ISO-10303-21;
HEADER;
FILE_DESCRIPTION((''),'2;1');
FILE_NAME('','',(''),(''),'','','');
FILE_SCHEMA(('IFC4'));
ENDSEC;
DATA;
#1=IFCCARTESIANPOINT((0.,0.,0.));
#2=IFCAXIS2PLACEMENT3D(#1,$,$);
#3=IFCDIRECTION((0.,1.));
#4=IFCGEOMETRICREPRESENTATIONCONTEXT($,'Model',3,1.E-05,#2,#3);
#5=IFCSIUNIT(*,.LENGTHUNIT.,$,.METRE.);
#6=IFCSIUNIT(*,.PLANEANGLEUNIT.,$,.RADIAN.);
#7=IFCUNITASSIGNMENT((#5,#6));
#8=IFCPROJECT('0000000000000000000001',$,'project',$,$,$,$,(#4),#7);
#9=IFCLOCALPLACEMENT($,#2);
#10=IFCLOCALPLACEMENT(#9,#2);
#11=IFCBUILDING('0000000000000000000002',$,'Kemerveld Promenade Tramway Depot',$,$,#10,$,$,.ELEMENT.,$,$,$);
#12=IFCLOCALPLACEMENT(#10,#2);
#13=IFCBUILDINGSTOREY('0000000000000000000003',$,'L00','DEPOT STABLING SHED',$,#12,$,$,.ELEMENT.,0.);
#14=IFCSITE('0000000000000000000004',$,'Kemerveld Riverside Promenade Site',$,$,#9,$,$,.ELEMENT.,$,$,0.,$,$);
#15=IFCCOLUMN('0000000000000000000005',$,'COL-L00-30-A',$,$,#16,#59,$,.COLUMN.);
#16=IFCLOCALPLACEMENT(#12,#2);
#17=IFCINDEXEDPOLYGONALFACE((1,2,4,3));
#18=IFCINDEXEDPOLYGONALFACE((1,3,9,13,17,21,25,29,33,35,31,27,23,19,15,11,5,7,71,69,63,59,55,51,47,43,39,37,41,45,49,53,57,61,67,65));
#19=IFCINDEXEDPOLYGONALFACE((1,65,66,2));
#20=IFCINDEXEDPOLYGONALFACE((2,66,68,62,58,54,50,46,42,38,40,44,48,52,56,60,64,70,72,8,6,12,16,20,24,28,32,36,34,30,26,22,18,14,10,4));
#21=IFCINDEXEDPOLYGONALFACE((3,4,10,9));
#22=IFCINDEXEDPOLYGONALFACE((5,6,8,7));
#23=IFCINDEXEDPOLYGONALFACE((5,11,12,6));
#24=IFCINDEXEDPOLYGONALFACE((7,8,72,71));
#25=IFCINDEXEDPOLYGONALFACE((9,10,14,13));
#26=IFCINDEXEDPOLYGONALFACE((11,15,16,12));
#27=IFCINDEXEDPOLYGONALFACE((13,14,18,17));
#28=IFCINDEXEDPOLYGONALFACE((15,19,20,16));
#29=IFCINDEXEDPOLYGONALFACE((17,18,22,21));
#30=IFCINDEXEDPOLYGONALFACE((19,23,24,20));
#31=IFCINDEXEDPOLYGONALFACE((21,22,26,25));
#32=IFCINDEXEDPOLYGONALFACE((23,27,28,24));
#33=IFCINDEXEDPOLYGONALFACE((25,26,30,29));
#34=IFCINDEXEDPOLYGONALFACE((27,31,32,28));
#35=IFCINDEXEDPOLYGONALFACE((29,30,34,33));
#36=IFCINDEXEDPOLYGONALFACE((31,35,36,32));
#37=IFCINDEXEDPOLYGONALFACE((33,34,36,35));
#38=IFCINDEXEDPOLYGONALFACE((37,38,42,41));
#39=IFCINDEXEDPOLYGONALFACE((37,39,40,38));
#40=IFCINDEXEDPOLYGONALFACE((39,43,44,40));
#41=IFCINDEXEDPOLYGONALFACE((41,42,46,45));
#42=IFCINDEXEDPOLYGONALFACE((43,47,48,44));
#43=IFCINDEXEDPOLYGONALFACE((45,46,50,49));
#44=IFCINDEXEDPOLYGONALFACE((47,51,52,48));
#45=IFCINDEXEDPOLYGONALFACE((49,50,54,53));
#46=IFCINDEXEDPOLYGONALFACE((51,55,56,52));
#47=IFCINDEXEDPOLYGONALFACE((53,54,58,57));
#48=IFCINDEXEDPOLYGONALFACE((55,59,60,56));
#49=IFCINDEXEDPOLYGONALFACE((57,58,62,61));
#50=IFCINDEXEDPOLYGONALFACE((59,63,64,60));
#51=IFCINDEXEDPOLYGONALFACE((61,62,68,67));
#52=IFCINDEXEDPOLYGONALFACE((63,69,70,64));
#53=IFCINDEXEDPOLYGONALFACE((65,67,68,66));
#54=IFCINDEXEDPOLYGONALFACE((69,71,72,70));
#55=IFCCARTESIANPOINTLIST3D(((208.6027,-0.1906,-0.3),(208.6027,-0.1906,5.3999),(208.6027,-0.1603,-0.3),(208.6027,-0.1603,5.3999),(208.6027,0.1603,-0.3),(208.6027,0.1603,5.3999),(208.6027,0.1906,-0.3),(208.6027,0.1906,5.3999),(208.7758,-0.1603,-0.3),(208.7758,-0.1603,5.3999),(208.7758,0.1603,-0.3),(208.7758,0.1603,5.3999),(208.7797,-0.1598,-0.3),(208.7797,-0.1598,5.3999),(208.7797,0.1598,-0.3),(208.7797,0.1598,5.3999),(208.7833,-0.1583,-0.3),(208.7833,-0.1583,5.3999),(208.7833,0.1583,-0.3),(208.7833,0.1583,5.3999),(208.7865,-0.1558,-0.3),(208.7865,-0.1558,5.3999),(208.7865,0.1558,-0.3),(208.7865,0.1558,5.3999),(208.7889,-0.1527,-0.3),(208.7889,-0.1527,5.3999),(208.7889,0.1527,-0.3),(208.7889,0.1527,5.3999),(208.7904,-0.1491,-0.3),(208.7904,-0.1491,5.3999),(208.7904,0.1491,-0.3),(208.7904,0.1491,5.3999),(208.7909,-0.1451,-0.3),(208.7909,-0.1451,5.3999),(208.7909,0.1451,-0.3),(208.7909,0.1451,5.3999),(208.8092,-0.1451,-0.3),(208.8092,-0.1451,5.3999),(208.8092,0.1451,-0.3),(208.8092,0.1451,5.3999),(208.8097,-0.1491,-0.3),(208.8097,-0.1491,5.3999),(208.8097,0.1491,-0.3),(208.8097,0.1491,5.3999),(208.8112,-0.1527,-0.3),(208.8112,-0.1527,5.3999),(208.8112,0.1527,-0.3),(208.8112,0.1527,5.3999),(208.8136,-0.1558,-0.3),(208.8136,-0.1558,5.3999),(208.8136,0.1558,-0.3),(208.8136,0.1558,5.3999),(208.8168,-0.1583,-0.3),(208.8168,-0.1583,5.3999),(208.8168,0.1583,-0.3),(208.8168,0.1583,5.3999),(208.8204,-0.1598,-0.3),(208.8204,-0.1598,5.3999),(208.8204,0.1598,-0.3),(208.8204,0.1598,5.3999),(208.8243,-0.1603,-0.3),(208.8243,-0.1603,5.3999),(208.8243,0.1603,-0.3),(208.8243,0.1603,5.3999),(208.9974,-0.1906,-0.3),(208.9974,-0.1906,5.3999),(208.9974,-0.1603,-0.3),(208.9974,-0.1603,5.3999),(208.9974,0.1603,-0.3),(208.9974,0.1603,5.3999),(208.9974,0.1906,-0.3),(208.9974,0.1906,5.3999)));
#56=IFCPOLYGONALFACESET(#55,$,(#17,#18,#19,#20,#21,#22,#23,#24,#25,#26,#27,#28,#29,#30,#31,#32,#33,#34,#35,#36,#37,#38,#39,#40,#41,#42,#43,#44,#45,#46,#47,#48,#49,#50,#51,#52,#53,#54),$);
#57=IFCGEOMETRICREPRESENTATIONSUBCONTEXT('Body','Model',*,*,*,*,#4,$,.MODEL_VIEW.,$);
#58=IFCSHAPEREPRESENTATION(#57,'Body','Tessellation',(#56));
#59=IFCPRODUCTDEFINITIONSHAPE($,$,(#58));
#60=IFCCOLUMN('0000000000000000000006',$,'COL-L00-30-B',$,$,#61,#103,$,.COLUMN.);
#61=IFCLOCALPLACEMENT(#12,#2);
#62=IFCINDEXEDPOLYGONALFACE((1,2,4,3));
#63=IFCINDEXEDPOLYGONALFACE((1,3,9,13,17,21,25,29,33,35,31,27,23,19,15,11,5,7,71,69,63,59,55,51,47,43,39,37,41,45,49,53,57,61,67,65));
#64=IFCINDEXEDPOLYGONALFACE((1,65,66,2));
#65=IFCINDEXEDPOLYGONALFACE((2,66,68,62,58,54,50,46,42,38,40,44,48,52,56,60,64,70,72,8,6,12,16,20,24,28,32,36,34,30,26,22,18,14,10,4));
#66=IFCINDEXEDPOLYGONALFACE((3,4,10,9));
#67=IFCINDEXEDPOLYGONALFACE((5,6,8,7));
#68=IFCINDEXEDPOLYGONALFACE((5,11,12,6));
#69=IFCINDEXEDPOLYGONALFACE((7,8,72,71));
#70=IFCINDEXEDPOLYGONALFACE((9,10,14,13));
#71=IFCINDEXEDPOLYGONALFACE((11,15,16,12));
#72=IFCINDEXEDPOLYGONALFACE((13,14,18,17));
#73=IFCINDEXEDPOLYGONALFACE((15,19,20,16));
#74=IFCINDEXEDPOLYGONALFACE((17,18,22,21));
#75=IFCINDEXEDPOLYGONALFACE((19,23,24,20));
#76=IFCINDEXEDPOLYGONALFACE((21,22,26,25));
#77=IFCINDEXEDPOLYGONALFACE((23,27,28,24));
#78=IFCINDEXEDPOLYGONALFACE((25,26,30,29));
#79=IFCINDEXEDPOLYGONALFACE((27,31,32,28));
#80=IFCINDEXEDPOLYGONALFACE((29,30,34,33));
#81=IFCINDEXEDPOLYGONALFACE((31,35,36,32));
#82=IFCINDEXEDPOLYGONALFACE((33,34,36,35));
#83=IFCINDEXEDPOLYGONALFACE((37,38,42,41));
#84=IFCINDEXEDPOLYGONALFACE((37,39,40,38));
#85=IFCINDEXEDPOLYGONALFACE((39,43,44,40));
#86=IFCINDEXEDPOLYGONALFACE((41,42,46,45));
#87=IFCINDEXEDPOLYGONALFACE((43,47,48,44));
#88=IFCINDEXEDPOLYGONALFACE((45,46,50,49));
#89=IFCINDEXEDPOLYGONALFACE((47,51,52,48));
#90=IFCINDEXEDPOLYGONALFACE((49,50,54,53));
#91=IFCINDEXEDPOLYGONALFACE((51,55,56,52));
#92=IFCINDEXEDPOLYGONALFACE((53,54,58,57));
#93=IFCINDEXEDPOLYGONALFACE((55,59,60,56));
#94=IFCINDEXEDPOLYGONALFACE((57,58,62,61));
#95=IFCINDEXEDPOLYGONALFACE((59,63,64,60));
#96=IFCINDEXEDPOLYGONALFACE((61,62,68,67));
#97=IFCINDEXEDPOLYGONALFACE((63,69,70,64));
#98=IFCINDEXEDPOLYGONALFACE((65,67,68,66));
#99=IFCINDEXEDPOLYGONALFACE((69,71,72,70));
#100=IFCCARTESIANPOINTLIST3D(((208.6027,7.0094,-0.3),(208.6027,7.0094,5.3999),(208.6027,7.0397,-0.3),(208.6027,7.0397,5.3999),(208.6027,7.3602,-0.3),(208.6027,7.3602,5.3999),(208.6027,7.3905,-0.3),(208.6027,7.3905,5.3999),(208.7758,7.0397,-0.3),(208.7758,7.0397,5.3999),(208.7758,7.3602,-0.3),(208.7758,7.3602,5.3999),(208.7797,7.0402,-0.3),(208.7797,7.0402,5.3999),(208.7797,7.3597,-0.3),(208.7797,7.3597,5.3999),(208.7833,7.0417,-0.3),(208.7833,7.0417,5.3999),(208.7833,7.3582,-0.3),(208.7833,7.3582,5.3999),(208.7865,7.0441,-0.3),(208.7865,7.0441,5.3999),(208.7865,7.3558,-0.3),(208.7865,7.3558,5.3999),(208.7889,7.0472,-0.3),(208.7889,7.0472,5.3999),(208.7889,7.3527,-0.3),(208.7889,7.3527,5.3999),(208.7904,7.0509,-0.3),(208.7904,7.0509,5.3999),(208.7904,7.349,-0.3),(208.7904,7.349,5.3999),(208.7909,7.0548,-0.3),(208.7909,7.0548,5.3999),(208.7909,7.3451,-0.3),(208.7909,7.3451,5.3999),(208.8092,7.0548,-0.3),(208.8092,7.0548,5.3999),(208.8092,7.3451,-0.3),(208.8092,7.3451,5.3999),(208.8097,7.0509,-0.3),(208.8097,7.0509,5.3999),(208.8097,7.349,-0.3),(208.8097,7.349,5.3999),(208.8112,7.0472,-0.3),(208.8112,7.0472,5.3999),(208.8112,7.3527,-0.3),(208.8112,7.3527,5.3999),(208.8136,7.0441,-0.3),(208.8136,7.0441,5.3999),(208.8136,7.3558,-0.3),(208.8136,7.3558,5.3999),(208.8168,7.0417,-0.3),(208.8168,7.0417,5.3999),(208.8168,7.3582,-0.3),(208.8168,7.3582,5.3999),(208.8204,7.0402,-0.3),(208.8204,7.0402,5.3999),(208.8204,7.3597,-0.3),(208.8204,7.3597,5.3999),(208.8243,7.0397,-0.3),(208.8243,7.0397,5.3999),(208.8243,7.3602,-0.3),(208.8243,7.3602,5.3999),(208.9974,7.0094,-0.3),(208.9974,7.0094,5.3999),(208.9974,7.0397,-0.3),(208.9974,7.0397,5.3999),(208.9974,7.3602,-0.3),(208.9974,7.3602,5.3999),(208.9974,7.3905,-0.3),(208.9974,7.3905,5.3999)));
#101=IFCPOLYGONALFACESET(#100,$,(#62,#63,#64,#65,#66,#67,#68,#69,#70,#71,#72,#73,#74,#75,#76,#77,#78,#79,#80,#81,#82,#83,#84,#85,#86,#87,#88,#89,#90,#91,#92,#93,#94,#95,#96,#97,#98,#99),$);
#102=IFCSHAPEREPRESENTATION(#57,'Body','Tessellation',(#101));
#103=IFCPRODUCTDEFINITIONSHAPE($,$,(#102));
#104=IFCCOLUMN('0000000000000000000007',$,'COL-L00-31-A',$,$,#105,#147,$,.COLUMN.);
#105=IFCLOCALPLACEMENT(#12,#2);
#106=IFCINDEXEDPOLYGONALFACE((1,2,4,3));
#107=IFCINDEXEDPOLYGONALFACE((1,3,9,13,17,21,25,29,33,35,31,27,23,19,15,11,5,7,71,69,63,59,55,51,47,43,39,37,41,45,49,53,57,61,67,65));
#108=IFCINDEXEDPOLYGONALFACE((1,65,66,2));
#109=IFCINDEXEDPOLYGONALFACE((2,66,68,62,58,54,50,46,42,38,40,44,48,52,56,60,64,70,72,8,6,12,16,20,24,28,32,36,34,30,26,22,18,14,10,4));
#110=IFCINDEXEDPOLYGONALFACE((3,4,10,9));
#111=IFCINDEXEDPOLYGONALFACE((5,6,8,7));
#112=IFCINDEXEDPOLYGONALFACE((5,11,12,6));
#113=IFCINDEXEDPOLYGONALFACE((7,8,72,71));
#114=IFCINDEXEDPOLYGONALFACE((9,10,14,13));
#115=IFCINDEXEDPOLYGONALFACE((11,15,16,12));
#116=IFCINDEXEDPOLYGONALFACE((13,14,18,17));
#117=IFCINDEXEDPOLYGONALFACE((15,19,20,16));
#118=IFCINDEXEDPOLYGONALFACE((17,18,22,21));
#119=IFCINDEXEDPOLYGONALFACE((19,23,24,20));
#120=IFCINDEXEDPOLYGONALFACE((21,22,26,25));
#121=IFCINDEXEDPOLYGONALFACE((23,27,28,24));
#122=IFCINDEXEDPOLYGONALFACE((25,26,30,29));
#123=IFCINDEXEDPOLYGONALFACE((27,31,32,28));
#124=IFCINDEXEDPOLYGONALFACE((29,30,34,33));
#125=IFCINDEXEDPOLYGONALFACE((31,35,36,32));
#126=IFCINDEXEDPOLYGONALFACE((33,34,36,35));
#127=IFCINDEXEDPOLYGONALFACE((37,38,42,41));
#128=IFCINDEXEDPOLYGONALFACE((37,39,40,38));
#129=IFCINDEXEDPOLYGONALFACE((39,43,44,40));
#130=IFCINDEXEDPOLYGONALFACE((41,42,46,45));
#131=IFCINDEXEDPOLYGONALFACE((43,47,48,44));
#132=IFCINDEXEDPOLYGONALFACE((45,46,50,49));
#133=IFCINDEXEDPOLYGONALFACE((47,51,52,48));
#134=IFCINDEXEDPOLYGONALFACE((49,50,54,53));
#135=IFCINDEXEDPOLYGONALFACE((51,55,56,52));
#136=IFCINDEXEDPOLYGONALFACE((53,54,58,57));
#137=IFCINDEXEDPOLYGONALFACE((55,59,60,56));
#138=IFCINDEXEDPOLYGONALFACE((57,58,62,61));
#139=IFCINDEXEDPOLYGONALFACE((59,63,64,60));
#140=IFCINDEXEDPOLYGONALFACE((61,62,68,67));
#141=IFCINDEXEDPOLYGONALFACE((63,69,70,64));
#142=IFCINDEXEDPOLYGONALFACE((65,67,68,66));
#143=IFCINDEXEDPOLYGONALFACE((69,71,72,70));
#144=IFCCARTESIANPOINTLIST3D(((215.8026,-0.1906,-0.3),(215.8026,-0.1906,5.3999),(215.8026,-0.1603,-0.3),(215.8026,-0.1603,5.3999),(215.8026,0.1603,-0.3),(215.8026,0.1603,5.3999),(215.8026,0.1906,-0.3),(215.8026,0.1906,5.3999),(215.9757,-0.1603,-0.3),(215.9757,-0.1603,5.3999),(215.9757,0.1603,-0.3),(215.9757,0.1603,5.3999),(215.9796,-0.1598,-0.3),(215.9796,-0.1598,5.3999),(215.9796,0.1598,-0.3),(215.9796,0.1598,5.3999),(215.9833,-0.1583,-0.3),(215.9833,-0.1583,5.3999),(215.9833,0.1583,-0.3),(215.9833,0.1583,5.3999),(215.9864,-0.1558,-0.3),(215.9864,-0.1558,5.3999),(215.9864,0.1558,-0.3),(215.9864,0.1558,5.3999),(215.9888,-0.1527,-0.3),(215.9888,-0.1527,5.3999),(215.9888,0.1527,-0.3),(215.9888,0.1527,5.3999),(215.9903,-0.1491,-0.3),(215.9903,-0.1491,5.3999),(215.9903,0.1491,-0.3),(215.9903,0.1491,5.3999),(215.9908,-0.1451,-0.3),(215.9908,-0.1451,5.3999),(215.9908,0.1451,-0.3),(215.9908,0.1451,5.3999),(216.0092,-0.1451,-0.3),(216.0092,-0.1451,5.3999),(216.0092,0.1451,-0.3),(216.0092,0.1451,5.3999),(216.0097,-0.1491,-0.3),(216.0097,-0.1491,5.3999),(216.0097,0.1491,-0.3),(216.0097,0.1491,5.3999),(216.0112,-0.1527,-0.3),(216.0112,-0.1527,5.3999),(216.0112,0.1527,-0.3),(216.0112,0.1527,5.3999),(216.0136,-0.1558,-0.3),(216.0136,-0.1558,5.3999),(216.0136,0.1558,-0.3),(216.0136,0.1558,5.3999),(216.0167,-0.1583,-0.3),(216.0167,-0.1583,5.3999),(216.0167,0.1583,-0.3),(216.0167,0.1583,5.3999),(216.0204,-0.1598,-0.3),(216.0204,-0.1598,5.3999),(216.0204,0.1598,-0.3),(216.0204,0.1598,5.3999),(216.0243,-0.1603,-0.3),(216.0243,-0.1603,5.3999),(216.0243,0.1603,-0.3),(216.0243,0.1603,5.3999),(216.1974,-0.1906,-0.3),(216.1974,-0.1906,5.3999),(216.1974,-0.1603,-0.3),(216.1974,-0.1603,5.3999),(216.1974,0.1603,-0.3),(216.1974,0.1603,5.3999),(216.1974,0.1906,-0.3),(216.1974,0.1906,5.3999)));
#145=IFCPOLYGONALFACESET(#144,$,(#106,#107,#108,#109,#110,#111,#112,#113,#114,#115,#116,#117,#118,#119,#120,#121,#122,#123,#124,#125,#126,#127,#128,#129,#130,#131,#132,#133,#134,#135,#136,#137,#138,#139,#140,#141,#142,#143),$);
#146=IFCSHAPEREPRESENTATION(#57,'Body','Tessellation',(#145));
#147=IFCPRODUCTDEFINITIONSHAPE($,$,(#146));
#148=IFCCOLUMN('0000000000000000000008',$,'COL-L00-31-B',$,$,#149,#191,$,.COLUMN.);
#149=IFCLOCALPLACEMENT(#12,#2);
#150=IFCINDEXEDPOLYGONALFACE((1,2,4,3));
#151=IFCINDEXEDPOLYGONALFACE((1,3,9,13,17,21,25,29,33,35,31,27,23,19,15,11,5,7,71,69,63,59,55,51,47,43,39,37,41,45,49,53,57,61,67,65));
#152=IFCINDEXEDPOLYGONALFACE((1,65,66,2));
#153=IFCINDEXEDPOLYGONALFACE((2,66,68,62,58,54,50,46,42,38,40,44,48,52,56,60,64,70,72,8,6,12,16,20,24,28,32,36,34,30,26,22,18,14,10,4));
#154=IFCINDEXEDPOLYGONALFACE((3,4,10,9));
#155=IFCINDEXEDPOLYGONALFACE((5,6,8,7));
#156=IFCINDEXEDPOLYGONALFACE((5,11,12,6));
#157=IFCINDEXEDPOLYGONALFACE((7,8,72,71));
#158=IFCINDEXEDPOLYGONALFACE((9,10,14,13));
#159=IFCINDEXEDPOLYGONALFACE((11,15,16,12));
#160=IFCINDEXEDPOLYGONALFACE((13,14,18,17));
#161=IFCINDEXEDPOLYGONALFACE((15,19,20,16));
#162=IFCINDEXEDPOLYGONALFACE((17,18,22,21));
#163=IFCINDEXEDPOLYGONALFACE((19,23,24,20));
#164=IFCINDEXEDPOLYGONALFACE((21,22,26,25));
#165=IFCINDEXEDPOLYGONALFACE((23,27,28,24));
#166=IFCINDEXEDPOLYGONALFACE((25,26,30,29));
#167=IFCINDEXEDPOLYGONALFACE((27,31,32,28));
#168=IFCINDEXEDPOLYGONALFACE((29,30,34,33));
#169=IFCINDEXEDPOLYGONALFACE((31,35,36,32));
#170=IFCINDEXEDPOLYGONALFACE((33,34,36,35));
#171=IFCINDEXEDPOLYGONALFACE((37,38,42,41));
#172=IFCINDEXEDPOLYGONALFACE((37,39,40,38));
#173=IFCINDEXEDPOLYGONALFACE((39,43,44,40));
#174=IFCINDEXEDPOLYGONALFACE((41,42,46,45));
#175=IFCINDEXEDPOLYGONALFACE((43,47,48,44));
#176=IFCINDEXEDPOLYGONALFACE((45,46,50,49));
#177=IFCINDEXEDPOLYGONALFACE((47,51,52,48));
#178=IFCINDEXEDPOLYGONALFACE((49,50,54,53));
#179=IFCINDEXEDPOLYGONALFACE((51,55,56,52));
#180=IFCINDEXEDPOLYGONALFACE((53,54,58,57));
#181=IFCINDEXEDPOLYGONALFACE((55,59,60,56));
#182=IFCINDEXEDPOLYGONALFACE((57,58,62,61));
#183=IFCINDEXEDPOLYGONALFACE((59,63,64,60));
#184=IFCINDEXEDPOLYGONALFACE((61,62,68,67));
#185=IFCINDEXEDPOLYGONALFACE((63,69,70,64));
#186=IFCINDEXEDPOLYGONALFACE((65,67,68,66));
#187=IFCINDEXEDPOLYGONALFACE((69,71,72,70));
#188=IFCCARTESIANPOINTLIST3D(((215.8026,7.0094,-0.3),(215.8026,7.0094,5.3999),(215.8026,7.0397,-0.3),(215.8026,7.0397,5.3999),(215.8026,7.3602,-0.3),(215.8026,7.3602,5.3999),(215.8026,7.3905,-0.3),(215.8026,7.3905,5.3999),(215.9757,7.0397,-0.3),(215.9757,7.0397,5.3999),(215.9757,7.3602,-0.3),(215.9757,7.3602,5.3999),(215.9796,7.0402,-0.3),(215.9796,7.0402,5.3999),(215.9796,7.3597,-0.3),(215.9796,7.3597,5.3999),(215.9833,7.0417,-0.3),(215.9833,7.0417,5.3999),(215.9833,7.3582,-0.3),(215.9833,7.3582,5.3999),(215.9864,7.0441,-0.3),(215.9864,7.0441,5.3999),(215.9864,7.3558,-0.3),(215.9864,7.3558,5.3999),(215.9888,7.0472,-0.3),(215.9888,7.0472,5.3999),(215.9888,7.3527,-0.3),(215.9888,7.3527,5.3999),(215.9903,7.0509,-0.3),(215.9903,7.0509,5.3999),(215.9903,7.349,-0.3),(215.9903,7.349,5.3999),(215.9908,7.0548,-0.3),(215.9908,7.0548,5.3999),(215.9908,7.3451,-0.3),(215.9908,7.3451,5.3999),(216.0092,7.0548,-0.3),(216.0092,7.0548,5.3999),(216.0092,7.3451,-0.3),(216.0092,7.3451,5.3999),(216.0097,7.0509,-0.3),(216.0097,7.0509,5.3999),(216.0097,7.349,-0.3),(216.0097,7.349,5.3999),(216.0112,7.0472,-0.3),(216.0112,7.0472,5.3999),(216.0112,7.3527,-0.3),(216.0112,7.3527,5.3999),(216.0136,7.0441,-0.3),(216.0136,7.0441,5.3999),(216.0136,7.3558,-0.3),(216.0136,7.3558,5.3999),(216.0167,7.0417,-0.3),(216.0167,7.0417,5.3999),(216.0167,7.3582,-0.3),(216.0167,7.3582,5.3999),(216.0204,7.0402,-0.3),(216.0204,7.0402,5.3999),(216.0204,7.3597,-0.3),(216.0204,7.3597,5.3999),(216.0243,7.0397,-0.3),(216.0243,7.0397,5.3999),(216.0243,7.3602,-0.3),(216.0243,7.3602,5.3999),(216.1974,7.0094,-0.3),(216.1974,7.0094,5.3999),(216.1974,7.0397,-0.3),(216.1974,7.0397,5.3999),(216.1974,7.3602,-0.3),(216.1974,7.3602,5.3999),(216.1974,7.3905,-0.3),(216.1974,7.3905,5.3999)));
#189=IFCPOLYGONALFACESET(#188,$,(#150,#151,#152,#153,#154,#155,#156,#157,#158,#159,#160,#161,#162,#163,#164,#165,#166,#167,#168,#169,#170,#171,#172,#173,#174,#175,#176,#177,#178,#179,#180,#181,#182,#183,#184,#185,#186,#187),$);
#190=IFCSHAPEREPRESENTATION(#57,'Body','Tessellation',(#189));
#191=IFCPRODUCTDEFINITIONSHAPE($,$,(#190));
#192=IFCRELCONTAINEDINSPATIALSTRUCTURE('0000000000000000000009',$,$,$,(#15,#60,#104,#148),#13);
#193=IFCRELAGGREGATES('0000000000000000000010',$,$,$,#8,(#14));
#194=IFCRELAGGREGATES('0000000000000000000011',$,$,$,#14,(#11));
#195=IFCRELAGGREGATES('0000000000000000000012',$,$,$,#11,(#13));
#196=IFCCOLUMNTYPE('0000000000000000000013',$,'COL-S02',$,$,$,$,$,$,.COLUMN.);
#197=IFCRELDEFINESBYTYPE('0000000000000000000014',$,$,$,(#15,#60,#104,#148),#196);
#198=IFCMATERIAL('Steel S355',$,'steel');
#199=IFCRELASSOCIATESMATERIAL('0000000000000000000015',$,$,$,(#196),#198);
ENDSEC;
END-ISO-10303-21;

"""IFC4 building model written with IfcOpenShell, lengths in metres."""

from ifc_helpers import new_model, si_unit, direction, frame, origin, origin_2d, place, context, subcontext, project, spatial, i_section, extrude, material, material_profile, profile_set, type_object, element, save


model = new_model("IFC4")

# Units and contexts
model_context = context("Model", 3, precision=1e-05, world=origin(), true_north=direction((0.0, 1.0)))
body_context = subcontext(model_context, "Body", "Model", "MODEL_VIEW")
ifc_project = project(units=[si_unit("LENGTHUNIT", "METRE"), si_unit("PLANEANGLEUNIT", "RADIAN")], contexts=[model_context])

# Site, building, storey
site_placement = place(None, origin())
site = spatial("IfcSite", under=ifc_project, at=site_placement, Name="Kemerveld Riverside Promenade Site", CompositionType="ELEMENT", RefElevation=0.0)
building_placement = place(site_placement, origin())
building = spatial("IfcBuilding", under=site, at=building_placement, Name="Kemerveld Promenade Tramway Depot", CompositionType="ELEMENT")
storey_placement = place(building_placement, origin())
storey = spatial("IfcBuildingStorey", under=building, at=storey_placement, Name="L00", Description="DEPOT STABLING SHED", CompositionType="ELEMENT", Elevation=0.0)

# Columns
ifc_material_1 = material(Name="Steel S355", Category="steel")
ifc_material_profile_1 = material_profile(ifc_material_1, i_section(OverallWidth=0.3948, OverallDepth=0.3811, WebThickness=0.0183, FlangeThickness=0.0303, FilletRadius=0.0151, at=origin_2d()), Name="356x406x235 UC")
ifc_profile_set_1 = profile_set([ifc_material_profile_1], Name="Steel S355")
column_type = type_object("IfcColumnType", Name="COL-S02", PredefinedType="COLUMN", material=ifc_profile_set_1)
for number, where, z_axis, x_axis, name in (
    (1, (208.8, 0.0, -0.3), (0.0, 0.0, 1.0), (1.0, 0.0, 0.0), "COL-L00-30-A"),
    (2, (208.8, 7.2, -0.3), (0.0, 0.0, 1.0), (1.0, 0.0, 0.0), "COL-L00-30-B"),
    (3, (216.0, 0.0, -0.3), (0.0, 0.0, 1.0), (1.0, 0.0, 0.0), "COL-L00-31-A"),
    (4, (216.0, 7.2, -0.3), (0.0, 0.0, 1.0), (1.0, 0.0, 0.0), "COL-L00-31-B"),
):
    element("IfcColumn", number, at=place(storey_placement, frame(where, z_axis=z_axis, x_axis=x_axis)), inside=storey, type_object=column_type, Name=name, PredefinedType="COLUMN", context=body_context, shape_type="SweptSolid", body=[
        extrude(i_section(OverallWidth=0.3948, OverallDepth=0.3811, WebThickness=0.0183, FlangeThickness=0.0303, FilletRadius=0.0151, at=origin_2d()), origin(), (0.0, 0.0, 1.0), 5.7),
    ])

save(model, "model.ifc")
